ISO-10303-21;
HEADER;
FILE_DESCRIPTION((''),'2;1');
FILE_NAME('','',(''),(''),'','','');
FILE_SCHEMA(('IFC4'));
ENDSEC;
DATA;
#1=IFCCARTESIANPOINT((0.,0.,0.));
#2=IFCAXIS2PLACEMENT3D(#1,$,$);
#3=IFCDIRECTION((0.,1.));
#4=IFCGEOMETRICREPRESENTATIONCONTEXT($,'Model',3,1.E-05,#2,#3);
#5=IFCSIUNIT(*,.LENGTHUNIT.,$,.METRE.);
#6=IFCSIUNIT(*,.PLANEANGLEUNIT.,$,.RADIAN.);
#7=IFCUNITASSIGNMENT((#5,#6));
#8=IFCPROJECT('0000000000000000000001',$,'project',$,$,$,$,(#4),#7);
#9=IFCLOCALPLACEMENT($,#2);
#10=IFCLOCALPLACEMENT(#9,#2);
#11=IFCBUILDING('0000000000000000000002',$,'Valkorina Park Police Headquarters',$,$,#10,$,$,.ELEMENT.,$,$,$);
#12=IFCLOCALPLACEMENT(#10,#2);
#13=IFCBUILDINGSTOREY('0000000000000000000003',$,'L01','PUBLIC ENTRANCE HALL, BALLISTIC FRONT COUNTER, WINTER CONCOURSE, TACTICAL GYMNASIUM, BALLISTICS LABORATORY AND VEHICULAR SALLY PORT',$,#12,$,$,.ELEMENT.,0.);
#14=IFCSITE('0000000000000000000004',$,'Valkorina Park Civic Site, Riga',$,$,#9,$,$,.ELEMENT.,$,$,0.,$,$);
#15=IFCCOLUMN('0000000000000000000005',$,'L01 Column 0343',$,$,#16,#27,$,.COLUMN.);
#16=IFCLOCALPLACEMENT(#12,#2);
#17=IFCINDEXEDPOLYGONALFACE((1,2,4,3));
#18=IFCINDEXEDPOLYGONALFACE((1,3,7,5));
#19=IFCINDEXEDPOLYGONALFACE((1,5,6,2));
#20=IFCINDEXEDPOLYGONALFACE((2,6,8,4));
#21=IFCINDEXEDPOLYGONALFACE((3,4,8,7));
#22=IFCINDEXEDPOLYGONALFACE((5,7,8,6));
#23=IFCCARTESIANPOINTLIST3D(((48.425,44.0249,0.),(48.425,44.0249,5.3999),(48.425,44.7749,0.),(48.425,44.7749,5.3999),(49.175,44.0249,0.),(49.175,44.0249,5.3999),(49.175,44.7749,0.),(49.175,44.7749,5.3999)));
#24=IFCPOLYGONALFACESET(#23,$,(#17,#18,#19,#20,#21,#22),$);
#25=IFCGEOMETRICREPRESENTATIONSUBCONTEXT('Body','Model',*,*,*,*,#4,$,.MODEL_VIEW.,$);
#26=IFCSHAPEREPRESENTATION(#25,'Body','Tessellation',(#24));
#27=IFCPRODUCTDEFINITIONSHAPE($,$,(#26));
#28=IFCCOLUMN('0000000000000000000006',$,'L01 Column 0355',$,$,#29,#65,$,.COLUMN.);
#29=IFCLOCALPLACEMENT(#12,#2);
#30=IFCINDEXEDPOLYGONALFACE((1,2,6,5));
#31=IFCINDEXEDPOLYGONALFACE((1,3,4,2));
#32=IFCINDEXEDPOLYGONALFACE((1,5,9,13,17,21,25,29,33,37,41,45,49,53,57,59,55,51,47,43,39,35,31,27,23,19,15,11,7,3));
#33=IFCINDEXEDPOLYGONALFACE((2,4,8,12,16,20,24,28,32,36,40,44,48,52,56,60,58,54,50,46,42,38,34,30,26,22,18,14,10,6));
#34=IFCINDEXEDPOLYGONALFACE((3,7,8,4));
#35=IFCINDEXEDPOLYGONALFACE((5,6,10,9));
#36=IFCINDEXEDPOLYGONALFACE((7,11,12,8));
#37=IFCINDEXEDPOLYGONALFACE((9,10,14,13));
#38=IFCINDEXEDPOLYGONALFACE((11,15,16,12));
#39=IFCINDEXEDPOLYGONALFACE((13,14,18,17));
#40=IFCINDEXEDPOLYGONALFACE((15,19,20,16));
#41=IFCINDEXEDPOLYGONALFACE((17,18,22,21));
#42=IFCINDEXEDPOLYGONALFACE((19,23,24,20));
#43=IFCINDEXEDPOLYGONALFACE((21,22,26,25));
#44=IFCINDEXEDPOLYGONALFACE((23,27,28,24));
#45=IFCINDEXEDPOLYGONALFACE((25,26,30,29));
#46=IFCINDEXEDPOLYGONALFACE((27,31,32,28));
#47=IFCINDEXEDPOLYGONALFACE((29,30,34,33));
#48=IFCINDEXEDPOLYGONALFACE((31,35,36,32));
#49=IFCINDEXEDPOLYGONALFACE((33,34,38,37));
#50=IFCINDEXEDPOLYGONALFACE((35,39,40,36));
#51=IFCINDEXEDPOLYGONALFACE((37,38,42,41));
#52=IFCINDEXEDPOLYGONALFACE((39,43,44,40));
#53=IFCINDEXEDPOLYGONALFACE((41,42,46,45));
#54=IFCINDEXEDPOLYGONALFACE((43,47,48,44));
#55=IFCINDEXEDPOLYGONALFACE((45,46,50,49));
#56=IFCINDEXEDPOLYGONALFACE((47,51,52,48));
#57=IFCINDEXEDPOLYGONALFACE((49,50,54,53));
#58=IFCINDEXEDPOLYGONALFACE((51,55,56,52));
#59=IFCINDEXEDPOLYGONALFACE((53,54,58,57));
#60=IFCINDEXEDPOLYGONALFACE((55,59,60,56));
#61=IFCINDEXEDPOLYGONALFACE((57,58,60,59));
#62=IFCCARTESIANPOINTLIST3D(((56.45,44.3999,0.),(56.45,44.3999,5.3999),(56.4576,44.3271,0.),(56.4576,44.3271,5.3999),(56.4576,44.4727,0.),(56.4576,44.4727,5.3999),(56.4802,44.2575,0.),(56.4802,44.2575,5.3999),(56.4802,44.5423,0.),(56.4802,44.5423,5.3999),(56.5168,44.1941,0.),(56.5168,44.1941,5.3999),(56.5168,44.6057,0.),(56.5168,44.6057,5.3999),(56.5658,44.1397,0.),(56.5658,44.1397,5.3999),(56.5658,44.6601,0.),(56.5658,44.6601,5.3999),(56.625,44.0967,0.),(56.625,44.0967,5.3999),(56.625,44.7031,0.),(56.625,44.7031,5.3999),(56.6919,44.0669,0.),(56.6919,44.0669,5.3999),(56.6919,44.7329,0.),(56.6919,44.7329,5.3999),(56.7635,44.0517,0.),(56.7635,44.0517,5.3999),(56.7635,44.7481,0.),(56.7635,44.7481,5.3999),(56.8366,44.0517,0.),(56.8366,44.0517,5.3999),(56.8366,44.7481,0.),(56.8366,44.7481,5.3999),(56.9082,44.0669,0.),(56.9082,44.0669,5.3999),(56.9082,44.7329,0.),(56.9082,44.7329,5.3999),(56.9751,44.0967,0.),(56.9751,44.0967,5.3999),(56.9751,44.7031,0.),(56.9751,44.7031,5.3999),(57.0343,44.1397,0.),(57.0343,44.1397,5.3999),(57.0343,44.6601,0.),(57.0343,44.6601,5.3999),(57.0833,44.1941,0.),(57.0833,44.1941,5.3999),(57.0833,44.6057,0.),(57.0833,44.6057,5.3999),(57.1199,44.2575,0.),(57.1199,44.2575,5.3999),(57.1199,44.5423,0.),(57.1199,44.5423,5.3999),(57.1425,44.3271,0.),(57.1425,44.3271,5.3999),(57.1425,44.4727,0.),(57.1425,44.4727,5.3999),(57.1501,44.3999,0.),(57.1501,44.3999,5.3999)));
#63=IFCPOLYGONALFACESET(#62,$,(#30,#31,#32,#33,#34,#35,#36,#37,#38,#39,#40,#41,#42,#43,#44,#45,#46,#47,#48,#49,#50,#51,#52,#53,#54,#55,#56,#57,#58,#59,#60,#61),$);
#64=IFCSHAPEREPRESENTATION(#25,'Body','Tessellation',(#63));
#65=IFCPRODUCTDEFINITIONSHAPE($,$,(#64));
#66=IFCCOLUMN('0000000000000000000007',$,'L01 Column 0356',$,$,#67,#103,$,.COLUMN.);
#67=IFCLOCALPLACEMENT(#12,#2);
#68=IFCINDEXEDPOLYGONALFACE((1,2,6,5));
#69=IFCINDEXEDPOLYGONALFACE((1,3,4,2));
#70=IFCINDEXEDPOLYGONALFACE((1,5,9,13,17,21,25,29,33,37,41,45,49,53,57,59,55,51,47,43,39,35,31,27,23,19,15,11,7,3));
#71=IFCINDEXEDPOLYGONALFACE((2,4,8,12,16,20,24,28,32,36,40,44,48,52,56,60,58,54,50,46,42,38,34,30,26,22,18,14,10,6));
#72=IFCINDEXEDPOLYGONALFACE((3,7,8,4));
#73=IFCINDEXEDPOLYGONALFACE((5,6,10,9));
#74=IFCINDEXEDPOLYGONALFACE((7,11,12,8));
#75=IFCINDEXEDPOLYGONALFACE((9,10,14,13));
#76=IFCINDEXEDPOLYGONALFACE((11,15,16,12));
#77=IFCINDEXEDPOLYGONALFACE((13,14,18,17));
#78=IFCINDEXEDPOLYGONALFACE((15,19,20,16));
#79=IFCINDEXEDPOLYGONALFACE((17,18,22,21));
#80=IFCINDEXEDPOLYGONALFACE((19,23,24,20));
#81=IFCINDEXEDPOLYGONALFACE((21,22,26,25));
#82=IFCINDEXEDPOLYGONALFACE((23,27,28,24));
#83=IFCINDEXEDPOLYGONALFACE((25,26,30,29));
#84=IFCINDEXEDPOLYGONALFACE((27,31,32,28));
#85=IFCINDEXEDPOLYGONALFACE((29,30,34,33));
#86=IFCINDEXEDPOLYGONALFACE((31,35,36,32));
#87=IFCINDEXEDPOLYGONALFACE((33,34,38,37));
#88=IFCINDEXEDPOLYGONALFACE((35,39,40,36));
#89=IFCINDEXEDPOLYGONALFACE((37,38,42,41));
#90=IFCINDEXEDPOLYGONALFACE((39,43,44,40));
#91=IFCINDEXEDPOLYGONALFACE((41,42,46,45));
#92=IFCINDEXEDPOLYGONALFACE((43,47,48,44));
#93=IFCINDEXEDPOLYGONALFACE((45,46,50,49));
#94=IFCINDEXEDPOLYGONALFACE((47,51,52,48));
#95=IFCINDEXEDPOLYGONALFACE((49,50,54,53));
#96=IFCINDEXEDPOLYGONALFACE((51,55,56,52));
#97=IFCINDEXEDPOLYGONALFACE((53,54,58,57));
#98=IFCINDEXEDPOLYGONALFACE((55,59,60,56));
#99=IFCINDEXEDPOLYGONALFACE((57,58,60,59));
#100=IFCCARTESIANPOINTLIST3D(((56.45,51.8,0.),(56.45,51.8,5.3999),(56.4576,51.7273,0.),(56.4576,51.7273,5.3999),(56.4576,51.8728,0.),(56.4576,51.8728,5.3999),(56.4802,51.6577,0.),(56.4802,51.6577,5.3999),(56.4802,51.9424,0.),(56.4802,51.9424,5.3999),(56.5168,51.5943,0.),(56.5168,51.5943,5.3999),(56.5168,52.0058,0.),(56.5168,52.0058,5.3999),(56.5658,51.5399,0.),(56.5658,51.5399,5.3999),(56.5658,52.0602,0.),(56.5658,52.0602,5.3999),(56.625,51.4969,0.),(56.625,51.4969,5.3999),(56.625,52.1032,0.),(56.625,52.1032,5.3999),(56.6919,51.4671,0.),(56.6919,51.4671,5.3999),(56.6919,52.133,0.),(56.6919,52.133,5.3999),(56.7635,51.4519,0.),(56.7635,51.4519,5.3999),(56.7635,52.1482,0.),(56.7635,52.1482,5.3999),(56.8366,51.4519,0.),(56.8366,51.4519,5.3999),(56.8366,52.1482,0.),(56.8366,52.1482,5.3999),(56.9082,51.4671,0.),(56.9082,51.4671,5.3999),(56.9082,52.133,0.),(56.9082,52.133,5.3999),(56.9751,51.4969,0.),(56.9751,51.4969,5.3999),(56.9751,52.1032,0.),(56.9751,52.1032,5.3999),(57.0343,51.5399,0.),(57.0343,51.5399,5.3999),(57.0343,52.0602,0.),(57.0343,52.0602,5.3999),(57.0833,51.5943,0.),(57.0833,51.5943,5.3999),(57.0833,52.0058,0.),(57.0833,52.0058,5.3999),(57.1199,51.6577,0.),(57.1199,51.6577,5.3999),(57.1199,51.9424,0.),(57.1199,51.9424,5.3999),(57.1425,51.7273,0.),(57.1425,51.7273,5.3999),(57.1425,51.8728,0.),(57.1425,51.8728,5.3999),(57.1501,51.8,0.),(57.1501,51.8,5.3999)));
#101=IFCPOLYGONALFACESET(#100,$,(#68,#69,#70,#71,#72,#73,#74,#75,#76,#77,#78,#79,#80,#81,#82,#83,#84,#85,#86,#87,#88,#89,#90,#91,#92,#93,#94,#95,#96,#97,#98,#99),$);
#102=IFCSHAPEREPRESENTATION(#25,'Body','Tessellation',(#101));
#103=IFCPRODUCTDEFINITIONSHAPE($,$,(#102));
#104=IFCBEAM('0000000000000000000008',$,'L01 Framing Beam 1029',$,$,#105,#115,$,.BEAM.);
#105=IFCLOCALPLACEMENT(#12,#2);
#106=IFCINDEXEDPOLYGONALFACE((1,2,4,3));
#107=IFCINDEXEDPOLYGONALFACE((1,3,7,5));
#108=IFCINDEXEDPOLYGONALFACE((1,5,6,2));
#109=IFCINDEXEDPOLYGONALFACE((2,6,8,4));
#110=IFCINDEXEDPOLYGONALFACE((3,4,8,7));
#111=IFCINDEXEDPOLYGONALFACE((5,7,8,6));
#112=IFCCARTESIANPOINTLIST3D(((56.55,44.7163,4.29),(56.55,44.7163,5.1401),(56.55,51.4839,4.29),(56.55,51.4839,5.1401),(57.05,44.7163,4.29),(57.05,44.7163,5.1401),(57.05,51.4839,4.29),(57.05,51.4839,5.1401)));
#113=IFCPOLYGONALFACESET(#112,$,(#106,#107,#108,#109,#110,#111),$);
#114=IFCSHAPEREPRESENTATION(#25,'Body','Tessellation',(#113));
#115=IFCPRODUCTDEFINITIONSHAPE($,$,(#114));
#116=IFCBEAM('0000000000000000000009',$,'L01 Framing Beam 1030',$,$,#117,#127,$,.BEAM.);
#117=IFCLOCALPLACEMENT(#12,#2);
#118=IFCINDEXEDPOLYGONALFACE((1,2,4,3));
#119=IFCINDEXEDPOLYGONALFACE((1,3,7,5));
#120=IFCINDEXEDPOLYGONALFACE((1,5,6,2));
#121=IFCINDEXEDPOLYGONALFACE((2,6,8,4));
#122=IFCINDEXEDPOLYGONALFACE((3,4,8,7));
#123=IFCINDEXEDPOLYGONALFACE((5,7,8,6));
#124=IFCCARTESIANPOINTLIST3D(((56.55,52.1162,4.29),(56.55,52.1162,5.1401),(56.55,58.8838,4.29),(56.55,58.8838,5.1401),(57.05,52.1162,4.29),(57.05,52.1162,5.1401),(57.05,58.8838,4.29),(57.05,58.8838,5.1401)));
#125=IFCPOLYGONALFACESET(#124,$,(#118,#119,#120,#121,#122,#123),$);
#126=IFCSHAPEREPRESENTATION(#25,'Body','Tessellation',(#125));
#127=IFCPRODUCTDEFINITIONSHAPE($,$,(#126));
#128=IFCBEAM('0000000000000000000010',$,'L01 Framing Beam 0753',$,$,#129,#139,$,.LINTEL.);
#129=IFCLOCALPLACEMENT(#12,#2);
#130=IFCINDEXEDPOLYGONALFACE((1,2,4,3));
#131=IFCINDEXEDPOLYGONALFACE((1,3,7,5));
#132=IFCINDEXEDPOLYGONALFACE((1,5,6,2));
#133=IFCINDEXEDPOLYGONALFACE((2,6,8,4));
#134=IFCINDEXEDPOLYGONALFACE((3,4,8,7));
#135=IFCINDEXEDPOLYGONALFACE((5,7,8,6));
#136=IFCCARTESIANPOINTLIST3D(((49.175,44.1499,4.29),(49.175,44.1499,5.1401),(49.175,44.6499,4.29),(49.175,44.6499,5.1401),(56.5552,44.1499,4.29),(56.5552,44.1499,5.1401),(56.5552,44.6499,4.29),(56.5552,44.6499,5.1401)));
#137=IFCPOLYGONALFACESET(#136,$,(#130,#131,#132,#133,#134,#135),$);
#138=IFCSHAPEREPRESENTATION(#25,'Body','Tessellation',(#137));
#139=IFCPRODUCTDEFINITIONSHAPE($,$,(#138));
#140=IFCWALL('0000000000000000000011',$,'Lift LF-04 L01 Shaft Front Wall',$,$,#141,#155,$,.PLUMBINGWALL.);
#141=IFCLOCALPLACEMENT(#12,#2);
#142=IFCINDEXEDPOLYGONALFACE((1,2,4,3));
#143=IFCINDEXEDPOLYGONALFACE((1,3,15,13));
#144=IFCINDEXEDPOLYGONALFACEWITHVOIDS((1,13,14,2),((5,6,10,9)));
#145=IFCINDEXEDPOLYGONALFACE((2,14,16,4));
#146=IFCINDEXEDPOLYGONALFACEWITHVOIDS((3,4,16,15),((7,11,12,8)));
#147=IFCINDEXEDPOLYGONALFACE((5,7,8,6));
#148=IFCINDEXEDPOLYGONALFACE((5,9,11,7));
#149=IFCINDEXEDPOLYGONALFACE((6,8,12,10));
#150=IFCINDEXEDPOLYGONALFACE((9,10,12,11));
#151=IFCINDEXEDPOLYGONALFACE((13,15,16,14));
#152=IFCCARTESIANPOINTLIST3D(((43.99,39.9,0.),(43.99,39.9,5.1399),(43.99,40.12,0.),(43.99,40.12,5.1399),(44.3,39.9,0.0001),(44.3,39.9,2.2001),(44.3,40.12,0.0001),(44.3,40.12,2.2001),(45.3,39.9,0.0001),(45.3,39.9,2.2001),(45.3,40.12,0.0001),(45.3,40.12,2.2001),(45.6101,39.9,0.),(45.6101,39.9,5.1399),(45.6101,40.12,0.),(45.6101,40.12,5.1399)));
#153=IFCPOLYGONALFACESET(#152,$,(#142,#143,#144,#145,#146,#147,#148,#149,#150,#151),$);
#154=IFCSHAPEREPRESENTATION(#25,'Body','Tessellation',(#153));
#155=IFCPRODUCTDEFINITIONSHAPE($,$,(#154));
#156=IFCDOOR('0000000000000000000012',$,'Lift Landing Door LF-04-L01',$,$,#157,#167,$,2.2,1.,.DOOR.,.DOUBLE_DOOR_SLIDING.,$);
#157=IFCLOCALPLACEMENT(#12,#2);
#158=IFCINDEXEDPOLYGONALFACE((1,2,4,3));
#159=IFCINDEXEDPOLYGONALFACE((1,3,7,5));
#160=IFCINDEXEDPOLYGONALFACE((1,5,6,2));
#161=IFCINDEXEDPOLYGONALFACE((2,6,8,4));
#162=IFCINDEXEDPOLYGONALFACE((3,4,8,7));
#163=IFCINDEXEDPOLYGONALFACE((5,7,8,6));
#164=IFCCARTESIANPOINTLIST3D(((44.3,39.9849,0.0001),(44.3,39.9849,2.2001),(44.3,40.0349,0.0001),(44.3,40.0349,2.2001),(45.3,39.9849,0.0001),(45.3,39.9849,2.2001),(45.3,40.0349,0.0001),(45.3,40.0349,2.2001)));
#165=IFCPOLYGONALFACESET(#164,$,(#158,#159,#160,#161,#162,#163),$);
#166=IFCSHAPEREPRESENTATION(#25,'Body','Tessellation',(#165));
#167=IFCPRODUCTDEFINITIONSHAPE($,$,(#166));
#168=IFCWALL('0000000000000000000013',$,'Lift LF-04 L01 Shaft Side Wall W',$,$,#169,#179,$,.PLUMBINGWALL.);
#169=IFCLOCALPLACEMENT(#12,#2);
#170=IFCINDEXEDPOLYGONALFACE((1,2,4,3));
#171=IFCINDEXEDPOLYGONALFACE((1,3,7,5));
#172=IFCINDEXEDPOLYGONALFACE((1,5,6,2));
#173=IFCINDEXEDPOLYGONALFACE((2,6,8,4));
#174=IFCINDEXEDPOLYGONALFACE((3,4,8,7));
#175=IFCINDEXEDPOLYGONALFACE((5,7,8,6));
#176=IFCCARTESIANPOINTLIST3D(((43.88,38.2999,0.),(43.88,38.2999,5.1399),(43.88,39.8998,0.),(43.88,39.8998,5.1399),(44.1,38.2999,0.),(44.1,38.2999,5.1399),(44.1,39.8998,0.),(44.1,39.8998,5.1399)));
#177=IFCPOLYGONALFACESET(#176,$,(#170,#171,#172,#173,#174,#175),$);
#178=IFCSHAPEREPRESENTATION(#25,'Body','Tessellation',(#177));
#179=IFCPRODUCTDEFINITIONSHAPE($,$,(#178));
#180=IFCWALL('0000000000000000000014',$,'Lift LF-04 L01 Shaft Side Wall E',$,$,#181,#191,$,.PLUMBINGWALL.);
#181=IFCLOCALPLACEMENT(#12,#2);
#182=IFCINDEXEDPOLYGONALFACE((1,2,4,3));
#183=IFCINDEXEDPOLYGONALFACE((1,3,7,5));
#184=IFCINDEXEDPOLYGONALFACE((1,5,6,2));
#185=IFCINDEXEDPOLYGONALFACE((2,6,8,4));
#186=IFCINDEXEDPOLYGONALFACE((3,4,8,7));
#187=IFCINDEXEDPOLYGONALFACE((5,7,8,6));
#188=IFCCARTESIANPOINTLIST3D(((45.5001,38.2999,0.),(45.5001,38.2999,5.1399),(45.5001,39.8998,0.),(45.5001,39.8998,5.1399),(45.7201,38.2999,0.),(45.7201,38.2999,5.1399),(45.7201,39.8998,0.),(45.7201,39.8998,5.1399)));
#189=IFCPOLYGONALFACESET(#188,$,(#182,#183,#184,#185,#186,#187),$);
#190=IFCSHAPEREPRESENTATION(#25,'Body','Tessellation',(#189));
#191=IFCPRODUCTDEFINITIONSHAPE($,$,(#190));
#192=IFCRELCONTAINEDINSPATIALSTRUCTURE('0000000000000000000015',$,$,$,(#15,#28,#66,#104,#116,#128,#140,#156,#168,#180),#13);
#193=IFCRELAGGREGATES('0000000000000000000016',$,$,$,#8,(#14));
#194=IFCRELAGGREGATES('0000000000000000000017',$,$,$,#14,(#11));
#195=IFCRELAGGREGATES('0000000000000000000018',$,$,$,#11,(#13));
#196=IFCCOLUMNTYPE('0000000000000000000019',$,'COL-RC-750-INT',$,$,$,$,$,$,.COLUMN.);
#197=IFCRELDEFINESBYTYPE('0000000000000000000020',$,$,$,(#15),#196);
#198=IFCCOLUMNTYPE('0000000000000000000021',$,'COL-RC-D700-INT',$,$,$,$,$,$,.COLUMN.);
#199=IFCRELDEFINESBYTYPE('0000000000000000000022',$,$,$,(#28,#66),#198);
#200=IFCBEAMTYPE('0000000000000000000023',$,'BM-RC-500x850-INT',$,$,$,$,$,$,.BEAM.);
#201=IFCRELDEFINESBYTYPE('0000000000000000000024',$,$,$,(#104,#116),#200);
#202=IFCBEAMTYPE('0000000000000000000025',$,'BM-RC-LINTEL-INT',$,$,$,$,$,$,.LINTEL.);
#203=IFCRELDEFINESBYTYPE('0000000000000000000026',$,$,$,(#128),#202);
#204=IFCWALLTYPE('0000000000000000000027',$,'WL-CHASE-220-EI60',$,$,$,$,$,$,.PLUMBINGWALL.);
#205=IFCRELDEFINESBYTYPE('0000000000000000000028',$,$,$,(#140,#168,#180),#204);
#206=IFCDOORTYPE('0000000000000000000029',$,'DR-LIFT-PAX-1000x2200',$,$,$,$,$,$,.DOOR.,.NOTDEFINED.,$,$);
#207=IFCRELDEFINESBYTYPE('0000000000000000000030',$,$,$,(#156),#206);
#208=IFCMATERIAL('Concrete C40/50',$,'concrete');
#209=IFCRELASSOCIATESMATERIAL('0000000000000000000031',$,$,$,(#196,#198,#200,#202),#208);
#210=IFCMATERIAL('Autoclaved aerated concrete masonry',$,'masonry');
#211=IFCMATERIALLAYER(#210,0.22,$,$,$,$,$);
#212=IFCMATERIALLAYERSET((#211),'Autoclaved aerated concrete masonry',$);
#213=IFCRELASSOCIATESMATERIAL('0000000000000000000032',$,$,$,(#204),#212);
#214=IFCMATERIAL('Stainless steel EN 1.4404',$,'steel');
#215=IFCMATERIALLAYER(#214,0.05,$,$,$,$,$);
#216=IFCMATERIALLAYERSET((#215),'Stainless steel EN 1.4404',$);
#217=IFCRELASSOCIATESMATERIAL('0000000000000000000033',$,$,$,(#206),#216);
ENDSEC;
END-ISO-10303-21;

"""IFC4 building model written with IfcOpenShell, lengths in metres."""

from ifc_helpers import new_model, si_unit, direction, frame, frame_2d, origin, origin_2d, place, context, subcontext, project, spatial, rectangle, circle, extrude, material, layer, layer_set, material_profile, profile_set, type_object, element, fill, save


model = new_model("IFC4")

# Units and contexts
model_context = context("Model", 3, precision=1e-05, world=origin(), true_north=direction((0.0, 1.0)))
body_context = subcontext(model_context, "Body", "Model", "MODEL_VIEW")
ifc_project = project(units=[si_unit("LENGTHUNIT", "METRE"), si_unit("PLANEANGLEUNIT", "RADIAN")], contexts=[model_context])

# Site, building, storey
site_placement = place(None, origin())
site = spatial("IfcSite", under=ifc_project, at=site_placement, Name="Valkorina Park Civic Site, Riga", CompositionType="ELEMENT", RefElevation=0.0)
building_placement = place(site_placement, origin())
building = spatial("IfcBuilding", under=site, at=building_placement, Name="Valkorina Park Police Headquarters", CompositionType="ELEMENT")
storey_placement = place(building_placement, origin())
storey = spatial("IfcBuildingStorey", under=building, at=storey_placement, Name="L01", Description="PUBLIC ENTRANCE HALL, BALLISTIC FRONT COUNTER, WINTER CONCOURSE, TACTICAL GYMNASIUM, BALLISTICS LABORATORY AND VEHICULAR SALLY PORT", CompositionType="ELEMENT", Elevation=0.0)

# Columns
ifc_material_1 = material(Name="Concrete C40/50", Category="concrete")
ifc_material_profile_1 = material_profile(ifc_material_1, rectangle(XDim=0.75, YDim=0.75, at=origin_2d()), Name="RC COL 750x750")
ifc_profile_set_1 = profile_set([ifc_material_profile_1], Name="Concrete C40/50")
column_type_1 = type_object("IfcColumnType", Name="COL-RC-750-INT", PredefinedType="COLUMN", material=ifc_profile_set_1)
column_placement = place(storey_placement, frame((48.8, 44.3999, 0.0), z_axis=(0.0, 0.0, 1.0), x_axis=(1.0, 0.0, 0.0)))
element("IfcColumn", 1, at=column_placement, inside=storey, type_object=column_type_1, Name="L01 Column 0343", PredefinedType="COLUMN", context=body_context, shape_type="SweptSolid", body=[
    extrude(rectangle(XDim=0.75, YDim=0.75, at=origin_2d()), origin(), (0.0, 0.0, 1.0), 5.3999),
])
ifc_material_profile_2 = material_profile(ifc_material_1, circle(Radius=0.3501, at=origin_2d()), Name="RC COL D700")
ifc_profile_set_2 = profile_set([ifc_material_profile_2], Name="Concrete C40/50")
column_type_2 = type_object("IfcColumnType", Name="COL-RC-D700-INT", PredefinedType="COLUMN", material=ifc_profile_set_2)
for number, where, z_axis, x_axis, name in (
    (2, (56.8, 44.3999, 0.0), (0.0, 0.0, 1.0), (1.0, 0.0, 0.0), "L01 Column 0355"),
    (3, (56.8, 51.8, 0.0), (0.0, 0.0, 1.0), (1.0, 0.0, 0.0), "L01 Column 0356"),
):
    element("IfcColumn", number, at=place(storey_placement, frame(where, z_axis=z_axis, x_axis=x_axis)), inside=storey, type_object=column_type_2, Name=name, PredefinedType="COLUMN", context=body_context, shape_type="SweptSolid", body=[
        extrude(circle(Radius=0.3501, at=origin_2d()), origin(), (0.0, 0.0, 1.0), 5.3999),
    ])

# Beams
ifc_material_profile_3 = material_profile(ifc_material_1, rectangle(XDim=0.5, YDim=0.8501, at=origin_2d()), Name="RC BEAM 500x850")
ifc_profile_set_3 = profile_set([ifc_material_profile_3], Name="Concrete C40/50")
beam_type_1 = type_object("IfcBeamType", Name="BM-RC-500x850-INT", PredefinedType="BEAM", material=ifc_profile_set_3)
for number, where, z_axis, x_axis, name in (
    (4, (56.8, 44.7163, 4.7151), (0.0, 1.0, 0.0), (-1.0, 0.0, 0.0), "L01 Framing Beam 1029"),
    (5, (56.8, 52.1162, 4.7151), (0.0, 1.0, 0.0), (-1.0, 0.0, 0.0), "L01 Framing Beam 1030"),
):
    element("IfcBeam", number, at=place(storey_placement, frame(where, z_axis=z_axis, x_axis=x_axis)), inside=storey, type_object=beam_type_1, Name=name, PredefinedType="BEAM", context=body_context, shape_type="SweptSolid", body=[
        extrude(rectangle(XDim=0.5, YDim=0.8501, at=origin_2d()), origin(), (0.0, 0.0, 1.0), 6.7676),
    ])
ifc_material_profile_4 = material_profile(ifc_material_1, rectangle(XDim=0.5, YDim=0.8501, at=origin_2d()), Name="RC BEAM 500x850")
ifc_profile_set_4 = profile_set([ifc_material_profile_4], Name="Concrete C40/50")
beam_type_2 = type_object("IfcBeamType", Name="BM-RC-LINTEL-INT", PredefinedType="LINTEL", material=ifc_profile_set_4)
beam_placement = place(storey_placement, frame((49.175, 44.3999, 4.7151), z_axis=(1.0, 0.0, 0.0), x_axis=(0.0, 1.0, 0.0)))
element("IfcBeam", 6, at=beam_placement, inside=storey, type_object=beam_type_2, Name="L01 Framing Beam 0753", PredefinedType="LINTEL", context=body_context, shape_type="SweptSolid", body=[
    extrude(rectangle(XDim=0.5, YDim=0.8501, at=origin_2d()), origin(), (0.0, 0.0, 1.0), 7.3801),
])

# Wall, opening, door
ifc_material_2 = material(Name="Autoclaved aerated concrete masonry", Category="masonry")
ifc_layer_1 = layer(ifc_material_2, 0.22)
ifc_layer_set_1 = layer_set([ifc_layer_1], Name="Autoclaved aerated concrete masonry")
wall_type_1 = type_object("IfcWallType", Name="WL-CHASE-220-EI60", PredefinedType="PLUMBINGWALL", material=ifc_layer_set_1)
wall_1_placement = place(storey_placement, frame((43.99, 40.01, 0.0), z_axis=(0.0, 0.0, 1.0), x_axis=(1.0, 0.0, 0.0)))
wall_1 = element("IfcWall", 7, at=wall_1_placement, inside=storey, type_object=wall_type_1, Name="Lift LF-04 L01 Shaft Front Wall", PredefinedType="PLUMBINGWALL", context=body_context, shape_type="SweptSolid", body=[
    extrude(rectangle(XDim=1.6201, YDim=0.22, at=frame_2d((0.8101, 0.0))), origin(), (0.0, 0.0, 1.0), 5.1399),
])
opening_1_placement = place(wall_1_placement, frame((0.3101, 0.0, 0.0)))
opening_1 = element("IfcOpeningElement", 8, at=opening_1_placement, cuts=wall_1, PredefinedType="OPENING", context=body_context, shape_type="SweptSolid", body=[
    extrude(rectangle(XDim=1.0, YDim=2.2, at=frame_2d((0.5, 1.1001))), frame((0.0, 0.1201, 0.0), z_axis=(0.0, -1.0, 0.0), x_axis=(1.0, 0.0, 0.0)), (0.0, 0.0, 1.0), 0.24),
])
ifc_material_3 = material(Name="Stainless steel EN 1.4404", Category="steel")
ifc_layer_2 = layer(ifc_material_3, 0.05)
ifc_layer_set_2 = layer_set([ifc_layer_2], Name="Stainless steel EN 1.4404")
door_type_1 = type_object("IfcDoorType", Name="DR-LIFT-PAX-1000x2200", OperationType="NOTDEFINED", PredefinedType="DOOR", material=ifc_layer_set_2)
door_1_placement = place(opening_1_placement, origin())
door_1 = element("IfcDoor", 9, at=door_1_placement, inside=storey, type_object=door_type_1, Name="Lift Landing Door LF-04-L01", OperationType="DOUBLE_DOOR_SLIDING", OverallHeight=2.2, OverallWidth=1.0, PredefinedType="DOOR", context=body_context, shape_type="SweptSolid", body=[
    extrude(rectangle(XDim=1.0, YDim=2.2, at=frame_2d((0.5, 1.1001))), frame((0.0, 0.0249, 0.0), z_axis=(0.0, -1.0, 0.0), x_axis=(1.0, 0.0, 0.0)), (0.0, 0.0, 1.0), 0.05),
])
fill(opening_1, door_1)

# Walls
for number, where, z_axis, x_axis, name in (
    (10, (43.99, 38.3, 0.0), (0.0, 0.0, 1.0), (0.0, 1.0, 0.0), "Lift LF-04 L01 Shaft Side Wall W"),
    (11, (45.6101, 38.3, 0.0), (0.0, 0.0, 1.0), (0.0, 1.0, 0.0), "Lift LF-04 L01 Shaft Side Wall E"),
):
    element("IfcWall", number, at=place(storey_placement, frame(where, z_axis=z_axis, x_axis=x_axis)), inside=storey, type_object=wall_type_1, Name=name, PredefinedType="PLUMBINGWALL", context=body_context, shape_type="SweptSolid", body=[
        extrude(rectangle(XDim=1.5999, YDim=0.22, at=frame_2d((0.7998, 0.0))), origin(), (0.0, 0.0, 1.0), 5.1399),
    ])

save(model, "model.ifc")
